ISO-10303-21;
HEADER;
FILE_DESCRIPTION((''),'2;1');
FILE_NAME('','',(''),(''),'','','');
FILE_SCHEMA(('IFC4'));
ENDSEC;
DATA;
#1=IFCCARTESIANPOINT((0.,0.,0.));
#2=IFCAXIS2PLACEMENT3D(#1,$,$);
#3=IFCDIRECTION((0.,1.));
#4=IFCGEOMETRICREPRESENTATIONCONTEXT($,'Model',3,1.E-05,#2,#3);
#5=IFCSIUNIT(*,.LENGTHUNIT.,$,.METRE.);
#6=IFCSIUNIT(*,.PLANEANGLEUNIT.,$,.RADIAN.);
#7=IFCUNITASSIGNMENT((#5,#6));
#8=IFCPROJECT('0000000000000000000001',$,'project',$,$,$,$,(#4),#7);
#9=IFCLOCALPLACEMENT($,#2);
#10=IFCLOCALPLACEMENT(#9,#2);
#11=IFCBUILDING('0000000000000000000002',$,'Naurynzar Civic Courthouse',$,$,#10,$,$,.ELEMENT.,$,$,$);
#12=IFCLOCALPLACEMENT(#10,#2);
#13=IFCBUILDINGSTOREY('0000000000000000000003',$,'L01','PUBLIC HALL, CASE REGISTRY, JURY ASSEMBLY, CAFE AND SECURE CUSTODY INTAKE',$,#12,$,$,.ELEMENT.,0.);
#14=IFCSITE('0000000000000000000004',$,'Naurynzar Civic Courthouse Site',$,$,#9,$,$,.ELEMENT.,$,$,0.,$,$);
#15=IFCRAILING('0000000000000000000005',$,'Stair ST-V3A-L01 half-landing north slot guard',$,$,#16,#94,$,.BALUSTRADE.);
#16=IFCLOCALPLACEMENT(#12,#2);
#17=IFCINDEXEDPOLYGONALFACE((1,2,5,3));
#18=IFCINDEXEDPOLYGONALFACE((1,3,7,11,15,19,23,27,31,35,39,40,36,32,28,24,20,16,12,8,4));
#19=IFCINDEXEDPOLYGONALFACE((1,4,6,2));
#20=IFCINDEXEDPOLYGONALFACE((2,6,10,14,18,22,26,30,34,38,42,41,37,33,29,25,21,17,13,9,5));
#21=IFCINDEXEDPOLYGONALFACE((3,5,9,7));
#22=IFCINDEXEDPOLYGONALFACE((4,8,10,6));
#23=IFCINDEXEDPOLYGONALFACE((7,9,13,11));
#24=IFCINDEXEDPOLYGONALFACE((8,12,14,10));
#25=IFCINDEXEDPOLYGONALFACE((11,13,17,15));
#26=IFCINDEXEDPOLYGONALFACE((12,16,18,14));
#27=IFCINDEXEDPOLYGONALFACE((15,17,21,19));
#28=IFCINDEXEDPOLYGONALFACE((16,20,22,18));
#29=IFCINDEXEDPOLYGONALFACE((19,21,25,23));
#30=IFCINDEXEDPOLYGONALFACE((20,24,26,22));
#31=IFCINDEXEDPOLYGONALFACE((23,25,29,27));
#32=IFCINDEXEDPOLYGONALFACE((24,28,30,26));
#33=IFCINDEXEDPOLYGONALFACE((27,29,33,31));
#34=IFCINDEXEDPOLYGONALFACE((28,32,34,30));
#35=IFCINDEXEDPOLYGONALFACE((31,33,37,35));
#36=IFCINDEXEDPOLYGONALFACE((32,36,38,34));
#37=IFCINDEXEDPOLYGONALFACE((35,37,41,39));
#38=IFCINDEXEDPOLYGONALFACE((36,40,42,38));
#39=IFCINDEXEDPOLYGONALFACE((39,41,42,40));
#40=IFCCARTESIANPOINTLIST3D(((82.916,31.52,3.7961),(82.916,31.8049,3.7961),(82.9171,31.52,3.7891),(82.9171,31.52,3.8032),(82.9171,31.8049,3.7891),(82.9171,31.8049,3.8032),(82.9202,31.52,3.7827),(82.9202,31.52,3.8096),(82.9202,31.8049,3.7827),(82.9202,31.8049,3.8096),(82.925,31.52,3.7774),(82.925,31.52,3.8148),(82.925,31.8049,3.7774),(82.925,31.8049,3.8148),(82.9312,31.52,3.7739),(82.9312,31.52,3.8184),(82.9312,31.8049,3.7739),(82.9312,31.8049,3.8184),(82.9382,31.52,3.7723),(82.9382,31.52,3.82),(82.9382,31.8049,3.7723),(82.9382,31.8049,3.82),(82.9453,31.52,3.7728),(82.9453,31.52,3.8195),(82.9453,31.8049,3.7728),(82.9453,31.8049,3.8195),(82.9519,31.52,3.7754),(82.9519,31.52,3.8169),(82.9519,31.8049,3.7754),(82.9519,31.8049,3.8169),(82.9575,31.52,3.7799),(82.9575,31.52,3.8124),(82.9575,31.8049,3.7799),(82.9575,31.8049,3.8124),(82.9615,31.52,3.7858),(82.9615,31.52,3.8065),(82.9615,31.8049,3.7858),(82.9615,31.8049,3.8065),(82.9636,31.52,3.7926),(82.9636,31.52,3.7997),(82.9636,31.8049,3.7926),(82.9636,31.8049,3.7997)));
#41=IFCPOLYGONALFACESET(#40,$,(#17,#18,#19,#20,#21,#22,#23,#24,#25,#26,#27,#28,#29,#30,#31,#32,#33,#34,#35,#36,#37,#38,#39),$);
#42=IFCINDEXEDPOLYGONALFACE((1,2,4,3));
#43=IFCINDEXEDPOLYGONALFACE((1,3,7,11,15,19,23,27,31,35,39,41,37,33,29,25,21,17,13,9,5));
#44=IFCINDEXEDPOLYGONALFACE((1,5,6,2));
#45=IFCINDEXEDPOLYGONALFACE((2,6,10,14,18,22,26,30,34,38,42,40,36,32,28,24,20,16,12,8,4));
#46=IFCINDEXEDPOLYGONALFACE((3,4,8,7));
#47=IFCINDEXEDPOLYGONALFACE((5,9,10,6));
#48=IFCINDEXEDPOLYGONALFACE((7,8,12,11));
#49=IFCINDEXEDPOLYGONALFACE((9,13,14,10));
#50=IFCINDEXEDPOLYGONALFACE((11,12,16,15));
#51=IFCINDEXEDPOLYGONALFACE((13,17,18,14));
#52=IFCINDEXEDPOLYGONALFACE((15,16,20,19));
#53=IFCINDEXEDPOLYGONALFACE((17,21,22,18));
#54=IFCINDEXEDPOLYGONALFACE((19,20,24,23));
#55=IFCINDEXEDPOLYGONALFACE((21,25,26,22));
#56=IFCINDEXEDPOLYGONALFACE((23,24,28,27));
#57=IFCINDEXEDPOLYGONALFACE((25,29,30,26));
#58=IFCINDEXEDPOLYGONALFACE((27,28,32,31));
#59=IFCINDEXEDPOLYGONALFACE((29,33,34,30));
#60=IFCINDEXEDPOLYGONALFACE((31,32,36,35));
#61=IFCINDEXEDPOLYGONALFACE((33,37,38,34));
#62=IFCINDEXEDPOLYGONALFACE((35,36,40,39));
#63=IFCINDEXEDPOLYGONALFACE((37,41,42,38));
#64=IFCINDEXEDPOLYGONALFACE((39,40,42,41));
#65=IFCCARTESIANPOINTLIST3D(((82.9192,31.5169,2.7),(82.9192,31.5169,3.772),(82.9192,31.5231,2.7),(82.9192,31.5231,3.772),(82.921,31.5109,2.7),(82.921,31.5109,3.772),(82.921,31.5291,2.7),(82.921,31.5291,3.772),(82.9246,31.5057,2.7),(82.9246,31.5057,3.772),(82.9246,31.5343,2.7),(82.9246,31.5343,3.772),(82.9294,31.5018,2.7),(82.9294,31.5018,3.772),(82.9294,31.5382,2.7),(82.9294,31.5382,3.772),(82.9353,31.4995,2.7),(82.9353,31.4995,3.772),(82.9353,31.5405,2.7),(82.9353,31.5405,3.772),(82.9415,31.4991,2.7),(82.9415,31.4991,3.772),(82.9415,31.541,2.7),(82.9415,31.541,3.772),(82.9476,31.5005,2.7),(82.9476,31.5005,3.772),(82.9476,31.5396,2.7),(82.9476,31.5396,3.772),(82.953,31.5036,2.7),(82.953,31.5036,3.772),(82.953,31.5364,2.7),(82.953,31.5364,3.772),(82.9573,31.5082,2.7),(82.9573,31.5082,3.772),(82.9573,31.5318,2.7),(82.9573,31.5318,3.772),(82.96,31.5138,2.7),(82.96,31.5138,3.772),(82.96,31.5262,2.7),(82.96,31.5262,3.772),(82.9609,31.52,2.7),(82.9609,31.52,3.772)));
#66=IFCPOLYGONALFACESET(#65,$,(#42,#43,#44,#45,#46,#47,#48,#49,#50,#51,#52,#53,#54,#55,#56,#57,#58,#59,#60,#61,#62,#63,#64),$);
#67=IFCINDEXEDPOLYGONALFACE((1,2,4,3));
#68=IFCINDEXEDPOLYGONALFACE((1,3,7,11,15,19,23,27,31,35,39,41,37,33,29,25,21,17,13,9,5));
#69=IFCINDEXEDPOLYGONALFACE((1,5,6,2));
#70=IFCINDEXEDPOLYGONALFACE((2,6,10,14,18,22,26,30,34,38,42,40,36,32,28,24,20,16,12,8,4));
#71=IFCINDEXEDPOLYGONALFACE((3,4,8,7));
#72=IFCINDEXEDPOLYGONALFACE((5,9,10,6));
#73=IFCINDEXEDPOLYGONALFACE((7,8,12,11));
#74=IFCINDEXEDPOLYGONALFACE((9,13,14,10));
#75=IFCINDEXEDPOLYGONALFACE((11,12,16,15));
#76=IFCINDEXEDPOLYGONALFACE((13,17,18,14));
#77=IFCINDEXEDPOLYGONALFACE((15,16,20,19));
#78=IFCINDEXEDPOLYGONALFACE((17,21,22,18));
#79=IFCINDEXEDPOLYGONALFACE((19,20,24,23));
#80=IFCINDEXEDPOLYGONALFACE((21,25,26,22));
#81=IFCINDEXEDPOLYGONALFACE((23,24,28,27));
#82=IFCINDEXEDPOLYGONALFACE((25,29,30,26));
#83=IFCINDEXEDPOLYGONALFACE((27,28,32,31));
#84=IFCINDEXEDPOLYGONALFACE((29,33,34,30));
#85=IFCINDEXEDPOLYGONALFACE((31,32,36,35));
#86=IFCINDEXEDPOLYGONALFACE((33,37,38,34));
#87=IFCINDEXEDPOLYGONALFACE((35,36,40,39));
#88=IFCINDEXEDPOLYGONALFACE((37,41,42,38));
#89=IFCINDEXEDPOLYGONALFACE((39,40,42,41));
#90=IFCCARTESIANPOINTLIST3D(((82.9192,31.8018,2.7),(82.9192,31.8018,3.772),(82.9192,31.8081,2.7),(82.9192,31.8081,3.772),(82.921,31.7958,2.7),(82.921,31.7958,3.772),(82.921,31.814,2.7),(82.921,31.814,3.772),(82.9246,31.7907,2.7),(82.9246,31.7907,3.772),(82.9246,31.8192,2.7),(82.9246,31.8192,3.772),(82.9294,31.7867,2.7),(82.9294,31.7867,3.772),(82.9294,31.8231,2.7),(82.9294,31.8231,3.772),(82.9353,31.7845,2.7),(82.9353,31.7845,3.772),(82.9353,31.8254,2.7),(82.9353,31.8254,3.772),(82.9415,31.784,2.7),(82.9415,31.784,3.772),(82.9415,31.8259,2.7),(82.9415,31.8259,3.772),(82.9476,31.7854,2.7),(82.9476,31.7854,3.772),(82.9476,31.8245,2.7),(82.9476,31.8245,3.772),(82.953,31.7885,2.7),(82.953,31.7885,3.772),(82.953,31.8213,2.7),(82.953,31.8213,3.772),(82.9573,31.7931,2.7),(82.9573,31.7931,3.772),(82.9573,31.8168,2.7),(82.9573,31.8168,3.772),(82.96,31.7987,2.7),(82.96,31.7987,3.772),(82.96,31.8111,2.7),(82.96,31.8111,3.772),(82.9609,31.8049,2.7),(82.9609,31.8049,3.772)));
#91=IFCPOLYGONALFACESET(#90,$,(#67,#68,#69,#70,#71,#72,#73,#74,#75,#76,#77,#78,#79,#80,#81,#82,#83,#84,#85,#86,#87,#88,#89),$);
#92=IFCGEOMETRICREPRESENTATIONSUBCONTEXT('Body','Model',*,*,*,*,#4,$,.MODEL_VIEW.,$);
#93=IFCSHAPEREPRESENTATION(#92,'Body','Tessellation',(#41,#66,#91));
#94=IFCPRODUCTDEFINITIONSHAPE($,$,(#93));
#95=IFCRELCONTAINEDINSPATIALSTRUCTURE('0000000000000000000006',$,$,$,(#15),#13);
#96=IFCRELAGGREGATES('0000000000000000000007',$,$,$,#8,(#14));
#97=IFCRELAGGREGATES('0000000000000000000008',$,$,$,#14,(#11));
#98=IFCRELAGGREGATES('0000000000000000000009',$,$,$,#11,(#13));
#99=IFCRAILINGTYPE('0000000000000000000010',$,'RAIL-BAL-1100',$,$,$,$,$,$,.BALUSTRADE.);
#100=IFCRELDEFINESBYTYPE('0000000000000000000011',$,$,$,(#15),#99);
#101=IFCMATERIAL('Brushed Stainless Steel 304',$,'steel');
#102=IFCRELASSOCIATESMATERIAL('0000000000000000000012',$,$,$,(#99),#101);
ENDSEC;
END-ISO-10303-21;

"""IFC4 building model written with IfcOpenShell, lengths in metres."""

from ifc_helpers import new_model, si_unit, direction, frame, origin, origin_2d, place, context, subcontext, project, spatial, circle, extrude, material, type_object, element, save


model = new_model("IFC4")

# Units and contexts
model_context = context("Model", 3, precision=1e-05, world=origin(), true_north=direction((0.0, 1.0)))
body_context = subcontext(model_context, "Body", "Model", "MODEL_VIEW")
ifc_project = project(units=[si_unit("LENGTHUNIT", "METRE"), si_unit("PLANEANGLEUNIT", "RADIAN")], contexts=[model_context])

# Site, building, storey
site_placement = place(None, origin())
site = spatial("IfcSite", under=ifc_project, at=site_placement, Name="Naurynzar Civic Courthouse Site", CompositionType="ELEMENT", RefElevation=0.0)
building_placement = place(site_placement, origin())
building = spatial("IfcBuilding", under=site, at=building_placement, Name="Naurynzar Civic Courthouse", CompositionType="ELEMENT")
storey_placement = place(building_placement, origin())
storey = spatial("IfcBuildingStorey", under=building, at=storey_placement, Name="L01", Description="PUBLIC HALL, CASE REGISTRY, JURY ASSEMBLY, CAFE AND SECURE CUSTODY INTAKE", CompositionType="ELEMENT", Elevation=0.0)

# Railing
ifc_material_1 = material(Name="Brushed Stainless Steel 304", Category="steel")
railing_type_1 = type_object("IfcRailingType", Name="RAIL-BAL-1100", PredefinedType="BALUSTRADE", material=ifc_material_1)
railing_1_placement = place(storey_placement, frame((82.9399, 31.52, 2.7)))
element("IfcRailing", 1, at=railing_1_placement, inside=storey, type_object=railing_type_1, Name="Stair ST-V3A-L01 half-landing north slot guard", PredefinedType="BALUSTRADE", context=body_context, shape_type="SweptSolid", body=[
    extrude(circle(Radius=0.0239, at=origin_2d()), frame((0.0, 0.0, 1.0962), z_axis=(0.0, 1.0, 0.0), x_axis=(-1.0, 0.0, 0.0)), (0.0, 0.0, 1.0), 0.2849),
    extrude(circle(Radius=0.021, at=origin_2d()), origin(), (0.0, 0.0, 1.0), 1.072),
    extrude(circle(Radius=0.021, at=origin_2d()), frame((0.0, 0.2849, 0.0)), (0.0, 0.0, 1.0), 1.072),
])

save(model, "model.ifc")
